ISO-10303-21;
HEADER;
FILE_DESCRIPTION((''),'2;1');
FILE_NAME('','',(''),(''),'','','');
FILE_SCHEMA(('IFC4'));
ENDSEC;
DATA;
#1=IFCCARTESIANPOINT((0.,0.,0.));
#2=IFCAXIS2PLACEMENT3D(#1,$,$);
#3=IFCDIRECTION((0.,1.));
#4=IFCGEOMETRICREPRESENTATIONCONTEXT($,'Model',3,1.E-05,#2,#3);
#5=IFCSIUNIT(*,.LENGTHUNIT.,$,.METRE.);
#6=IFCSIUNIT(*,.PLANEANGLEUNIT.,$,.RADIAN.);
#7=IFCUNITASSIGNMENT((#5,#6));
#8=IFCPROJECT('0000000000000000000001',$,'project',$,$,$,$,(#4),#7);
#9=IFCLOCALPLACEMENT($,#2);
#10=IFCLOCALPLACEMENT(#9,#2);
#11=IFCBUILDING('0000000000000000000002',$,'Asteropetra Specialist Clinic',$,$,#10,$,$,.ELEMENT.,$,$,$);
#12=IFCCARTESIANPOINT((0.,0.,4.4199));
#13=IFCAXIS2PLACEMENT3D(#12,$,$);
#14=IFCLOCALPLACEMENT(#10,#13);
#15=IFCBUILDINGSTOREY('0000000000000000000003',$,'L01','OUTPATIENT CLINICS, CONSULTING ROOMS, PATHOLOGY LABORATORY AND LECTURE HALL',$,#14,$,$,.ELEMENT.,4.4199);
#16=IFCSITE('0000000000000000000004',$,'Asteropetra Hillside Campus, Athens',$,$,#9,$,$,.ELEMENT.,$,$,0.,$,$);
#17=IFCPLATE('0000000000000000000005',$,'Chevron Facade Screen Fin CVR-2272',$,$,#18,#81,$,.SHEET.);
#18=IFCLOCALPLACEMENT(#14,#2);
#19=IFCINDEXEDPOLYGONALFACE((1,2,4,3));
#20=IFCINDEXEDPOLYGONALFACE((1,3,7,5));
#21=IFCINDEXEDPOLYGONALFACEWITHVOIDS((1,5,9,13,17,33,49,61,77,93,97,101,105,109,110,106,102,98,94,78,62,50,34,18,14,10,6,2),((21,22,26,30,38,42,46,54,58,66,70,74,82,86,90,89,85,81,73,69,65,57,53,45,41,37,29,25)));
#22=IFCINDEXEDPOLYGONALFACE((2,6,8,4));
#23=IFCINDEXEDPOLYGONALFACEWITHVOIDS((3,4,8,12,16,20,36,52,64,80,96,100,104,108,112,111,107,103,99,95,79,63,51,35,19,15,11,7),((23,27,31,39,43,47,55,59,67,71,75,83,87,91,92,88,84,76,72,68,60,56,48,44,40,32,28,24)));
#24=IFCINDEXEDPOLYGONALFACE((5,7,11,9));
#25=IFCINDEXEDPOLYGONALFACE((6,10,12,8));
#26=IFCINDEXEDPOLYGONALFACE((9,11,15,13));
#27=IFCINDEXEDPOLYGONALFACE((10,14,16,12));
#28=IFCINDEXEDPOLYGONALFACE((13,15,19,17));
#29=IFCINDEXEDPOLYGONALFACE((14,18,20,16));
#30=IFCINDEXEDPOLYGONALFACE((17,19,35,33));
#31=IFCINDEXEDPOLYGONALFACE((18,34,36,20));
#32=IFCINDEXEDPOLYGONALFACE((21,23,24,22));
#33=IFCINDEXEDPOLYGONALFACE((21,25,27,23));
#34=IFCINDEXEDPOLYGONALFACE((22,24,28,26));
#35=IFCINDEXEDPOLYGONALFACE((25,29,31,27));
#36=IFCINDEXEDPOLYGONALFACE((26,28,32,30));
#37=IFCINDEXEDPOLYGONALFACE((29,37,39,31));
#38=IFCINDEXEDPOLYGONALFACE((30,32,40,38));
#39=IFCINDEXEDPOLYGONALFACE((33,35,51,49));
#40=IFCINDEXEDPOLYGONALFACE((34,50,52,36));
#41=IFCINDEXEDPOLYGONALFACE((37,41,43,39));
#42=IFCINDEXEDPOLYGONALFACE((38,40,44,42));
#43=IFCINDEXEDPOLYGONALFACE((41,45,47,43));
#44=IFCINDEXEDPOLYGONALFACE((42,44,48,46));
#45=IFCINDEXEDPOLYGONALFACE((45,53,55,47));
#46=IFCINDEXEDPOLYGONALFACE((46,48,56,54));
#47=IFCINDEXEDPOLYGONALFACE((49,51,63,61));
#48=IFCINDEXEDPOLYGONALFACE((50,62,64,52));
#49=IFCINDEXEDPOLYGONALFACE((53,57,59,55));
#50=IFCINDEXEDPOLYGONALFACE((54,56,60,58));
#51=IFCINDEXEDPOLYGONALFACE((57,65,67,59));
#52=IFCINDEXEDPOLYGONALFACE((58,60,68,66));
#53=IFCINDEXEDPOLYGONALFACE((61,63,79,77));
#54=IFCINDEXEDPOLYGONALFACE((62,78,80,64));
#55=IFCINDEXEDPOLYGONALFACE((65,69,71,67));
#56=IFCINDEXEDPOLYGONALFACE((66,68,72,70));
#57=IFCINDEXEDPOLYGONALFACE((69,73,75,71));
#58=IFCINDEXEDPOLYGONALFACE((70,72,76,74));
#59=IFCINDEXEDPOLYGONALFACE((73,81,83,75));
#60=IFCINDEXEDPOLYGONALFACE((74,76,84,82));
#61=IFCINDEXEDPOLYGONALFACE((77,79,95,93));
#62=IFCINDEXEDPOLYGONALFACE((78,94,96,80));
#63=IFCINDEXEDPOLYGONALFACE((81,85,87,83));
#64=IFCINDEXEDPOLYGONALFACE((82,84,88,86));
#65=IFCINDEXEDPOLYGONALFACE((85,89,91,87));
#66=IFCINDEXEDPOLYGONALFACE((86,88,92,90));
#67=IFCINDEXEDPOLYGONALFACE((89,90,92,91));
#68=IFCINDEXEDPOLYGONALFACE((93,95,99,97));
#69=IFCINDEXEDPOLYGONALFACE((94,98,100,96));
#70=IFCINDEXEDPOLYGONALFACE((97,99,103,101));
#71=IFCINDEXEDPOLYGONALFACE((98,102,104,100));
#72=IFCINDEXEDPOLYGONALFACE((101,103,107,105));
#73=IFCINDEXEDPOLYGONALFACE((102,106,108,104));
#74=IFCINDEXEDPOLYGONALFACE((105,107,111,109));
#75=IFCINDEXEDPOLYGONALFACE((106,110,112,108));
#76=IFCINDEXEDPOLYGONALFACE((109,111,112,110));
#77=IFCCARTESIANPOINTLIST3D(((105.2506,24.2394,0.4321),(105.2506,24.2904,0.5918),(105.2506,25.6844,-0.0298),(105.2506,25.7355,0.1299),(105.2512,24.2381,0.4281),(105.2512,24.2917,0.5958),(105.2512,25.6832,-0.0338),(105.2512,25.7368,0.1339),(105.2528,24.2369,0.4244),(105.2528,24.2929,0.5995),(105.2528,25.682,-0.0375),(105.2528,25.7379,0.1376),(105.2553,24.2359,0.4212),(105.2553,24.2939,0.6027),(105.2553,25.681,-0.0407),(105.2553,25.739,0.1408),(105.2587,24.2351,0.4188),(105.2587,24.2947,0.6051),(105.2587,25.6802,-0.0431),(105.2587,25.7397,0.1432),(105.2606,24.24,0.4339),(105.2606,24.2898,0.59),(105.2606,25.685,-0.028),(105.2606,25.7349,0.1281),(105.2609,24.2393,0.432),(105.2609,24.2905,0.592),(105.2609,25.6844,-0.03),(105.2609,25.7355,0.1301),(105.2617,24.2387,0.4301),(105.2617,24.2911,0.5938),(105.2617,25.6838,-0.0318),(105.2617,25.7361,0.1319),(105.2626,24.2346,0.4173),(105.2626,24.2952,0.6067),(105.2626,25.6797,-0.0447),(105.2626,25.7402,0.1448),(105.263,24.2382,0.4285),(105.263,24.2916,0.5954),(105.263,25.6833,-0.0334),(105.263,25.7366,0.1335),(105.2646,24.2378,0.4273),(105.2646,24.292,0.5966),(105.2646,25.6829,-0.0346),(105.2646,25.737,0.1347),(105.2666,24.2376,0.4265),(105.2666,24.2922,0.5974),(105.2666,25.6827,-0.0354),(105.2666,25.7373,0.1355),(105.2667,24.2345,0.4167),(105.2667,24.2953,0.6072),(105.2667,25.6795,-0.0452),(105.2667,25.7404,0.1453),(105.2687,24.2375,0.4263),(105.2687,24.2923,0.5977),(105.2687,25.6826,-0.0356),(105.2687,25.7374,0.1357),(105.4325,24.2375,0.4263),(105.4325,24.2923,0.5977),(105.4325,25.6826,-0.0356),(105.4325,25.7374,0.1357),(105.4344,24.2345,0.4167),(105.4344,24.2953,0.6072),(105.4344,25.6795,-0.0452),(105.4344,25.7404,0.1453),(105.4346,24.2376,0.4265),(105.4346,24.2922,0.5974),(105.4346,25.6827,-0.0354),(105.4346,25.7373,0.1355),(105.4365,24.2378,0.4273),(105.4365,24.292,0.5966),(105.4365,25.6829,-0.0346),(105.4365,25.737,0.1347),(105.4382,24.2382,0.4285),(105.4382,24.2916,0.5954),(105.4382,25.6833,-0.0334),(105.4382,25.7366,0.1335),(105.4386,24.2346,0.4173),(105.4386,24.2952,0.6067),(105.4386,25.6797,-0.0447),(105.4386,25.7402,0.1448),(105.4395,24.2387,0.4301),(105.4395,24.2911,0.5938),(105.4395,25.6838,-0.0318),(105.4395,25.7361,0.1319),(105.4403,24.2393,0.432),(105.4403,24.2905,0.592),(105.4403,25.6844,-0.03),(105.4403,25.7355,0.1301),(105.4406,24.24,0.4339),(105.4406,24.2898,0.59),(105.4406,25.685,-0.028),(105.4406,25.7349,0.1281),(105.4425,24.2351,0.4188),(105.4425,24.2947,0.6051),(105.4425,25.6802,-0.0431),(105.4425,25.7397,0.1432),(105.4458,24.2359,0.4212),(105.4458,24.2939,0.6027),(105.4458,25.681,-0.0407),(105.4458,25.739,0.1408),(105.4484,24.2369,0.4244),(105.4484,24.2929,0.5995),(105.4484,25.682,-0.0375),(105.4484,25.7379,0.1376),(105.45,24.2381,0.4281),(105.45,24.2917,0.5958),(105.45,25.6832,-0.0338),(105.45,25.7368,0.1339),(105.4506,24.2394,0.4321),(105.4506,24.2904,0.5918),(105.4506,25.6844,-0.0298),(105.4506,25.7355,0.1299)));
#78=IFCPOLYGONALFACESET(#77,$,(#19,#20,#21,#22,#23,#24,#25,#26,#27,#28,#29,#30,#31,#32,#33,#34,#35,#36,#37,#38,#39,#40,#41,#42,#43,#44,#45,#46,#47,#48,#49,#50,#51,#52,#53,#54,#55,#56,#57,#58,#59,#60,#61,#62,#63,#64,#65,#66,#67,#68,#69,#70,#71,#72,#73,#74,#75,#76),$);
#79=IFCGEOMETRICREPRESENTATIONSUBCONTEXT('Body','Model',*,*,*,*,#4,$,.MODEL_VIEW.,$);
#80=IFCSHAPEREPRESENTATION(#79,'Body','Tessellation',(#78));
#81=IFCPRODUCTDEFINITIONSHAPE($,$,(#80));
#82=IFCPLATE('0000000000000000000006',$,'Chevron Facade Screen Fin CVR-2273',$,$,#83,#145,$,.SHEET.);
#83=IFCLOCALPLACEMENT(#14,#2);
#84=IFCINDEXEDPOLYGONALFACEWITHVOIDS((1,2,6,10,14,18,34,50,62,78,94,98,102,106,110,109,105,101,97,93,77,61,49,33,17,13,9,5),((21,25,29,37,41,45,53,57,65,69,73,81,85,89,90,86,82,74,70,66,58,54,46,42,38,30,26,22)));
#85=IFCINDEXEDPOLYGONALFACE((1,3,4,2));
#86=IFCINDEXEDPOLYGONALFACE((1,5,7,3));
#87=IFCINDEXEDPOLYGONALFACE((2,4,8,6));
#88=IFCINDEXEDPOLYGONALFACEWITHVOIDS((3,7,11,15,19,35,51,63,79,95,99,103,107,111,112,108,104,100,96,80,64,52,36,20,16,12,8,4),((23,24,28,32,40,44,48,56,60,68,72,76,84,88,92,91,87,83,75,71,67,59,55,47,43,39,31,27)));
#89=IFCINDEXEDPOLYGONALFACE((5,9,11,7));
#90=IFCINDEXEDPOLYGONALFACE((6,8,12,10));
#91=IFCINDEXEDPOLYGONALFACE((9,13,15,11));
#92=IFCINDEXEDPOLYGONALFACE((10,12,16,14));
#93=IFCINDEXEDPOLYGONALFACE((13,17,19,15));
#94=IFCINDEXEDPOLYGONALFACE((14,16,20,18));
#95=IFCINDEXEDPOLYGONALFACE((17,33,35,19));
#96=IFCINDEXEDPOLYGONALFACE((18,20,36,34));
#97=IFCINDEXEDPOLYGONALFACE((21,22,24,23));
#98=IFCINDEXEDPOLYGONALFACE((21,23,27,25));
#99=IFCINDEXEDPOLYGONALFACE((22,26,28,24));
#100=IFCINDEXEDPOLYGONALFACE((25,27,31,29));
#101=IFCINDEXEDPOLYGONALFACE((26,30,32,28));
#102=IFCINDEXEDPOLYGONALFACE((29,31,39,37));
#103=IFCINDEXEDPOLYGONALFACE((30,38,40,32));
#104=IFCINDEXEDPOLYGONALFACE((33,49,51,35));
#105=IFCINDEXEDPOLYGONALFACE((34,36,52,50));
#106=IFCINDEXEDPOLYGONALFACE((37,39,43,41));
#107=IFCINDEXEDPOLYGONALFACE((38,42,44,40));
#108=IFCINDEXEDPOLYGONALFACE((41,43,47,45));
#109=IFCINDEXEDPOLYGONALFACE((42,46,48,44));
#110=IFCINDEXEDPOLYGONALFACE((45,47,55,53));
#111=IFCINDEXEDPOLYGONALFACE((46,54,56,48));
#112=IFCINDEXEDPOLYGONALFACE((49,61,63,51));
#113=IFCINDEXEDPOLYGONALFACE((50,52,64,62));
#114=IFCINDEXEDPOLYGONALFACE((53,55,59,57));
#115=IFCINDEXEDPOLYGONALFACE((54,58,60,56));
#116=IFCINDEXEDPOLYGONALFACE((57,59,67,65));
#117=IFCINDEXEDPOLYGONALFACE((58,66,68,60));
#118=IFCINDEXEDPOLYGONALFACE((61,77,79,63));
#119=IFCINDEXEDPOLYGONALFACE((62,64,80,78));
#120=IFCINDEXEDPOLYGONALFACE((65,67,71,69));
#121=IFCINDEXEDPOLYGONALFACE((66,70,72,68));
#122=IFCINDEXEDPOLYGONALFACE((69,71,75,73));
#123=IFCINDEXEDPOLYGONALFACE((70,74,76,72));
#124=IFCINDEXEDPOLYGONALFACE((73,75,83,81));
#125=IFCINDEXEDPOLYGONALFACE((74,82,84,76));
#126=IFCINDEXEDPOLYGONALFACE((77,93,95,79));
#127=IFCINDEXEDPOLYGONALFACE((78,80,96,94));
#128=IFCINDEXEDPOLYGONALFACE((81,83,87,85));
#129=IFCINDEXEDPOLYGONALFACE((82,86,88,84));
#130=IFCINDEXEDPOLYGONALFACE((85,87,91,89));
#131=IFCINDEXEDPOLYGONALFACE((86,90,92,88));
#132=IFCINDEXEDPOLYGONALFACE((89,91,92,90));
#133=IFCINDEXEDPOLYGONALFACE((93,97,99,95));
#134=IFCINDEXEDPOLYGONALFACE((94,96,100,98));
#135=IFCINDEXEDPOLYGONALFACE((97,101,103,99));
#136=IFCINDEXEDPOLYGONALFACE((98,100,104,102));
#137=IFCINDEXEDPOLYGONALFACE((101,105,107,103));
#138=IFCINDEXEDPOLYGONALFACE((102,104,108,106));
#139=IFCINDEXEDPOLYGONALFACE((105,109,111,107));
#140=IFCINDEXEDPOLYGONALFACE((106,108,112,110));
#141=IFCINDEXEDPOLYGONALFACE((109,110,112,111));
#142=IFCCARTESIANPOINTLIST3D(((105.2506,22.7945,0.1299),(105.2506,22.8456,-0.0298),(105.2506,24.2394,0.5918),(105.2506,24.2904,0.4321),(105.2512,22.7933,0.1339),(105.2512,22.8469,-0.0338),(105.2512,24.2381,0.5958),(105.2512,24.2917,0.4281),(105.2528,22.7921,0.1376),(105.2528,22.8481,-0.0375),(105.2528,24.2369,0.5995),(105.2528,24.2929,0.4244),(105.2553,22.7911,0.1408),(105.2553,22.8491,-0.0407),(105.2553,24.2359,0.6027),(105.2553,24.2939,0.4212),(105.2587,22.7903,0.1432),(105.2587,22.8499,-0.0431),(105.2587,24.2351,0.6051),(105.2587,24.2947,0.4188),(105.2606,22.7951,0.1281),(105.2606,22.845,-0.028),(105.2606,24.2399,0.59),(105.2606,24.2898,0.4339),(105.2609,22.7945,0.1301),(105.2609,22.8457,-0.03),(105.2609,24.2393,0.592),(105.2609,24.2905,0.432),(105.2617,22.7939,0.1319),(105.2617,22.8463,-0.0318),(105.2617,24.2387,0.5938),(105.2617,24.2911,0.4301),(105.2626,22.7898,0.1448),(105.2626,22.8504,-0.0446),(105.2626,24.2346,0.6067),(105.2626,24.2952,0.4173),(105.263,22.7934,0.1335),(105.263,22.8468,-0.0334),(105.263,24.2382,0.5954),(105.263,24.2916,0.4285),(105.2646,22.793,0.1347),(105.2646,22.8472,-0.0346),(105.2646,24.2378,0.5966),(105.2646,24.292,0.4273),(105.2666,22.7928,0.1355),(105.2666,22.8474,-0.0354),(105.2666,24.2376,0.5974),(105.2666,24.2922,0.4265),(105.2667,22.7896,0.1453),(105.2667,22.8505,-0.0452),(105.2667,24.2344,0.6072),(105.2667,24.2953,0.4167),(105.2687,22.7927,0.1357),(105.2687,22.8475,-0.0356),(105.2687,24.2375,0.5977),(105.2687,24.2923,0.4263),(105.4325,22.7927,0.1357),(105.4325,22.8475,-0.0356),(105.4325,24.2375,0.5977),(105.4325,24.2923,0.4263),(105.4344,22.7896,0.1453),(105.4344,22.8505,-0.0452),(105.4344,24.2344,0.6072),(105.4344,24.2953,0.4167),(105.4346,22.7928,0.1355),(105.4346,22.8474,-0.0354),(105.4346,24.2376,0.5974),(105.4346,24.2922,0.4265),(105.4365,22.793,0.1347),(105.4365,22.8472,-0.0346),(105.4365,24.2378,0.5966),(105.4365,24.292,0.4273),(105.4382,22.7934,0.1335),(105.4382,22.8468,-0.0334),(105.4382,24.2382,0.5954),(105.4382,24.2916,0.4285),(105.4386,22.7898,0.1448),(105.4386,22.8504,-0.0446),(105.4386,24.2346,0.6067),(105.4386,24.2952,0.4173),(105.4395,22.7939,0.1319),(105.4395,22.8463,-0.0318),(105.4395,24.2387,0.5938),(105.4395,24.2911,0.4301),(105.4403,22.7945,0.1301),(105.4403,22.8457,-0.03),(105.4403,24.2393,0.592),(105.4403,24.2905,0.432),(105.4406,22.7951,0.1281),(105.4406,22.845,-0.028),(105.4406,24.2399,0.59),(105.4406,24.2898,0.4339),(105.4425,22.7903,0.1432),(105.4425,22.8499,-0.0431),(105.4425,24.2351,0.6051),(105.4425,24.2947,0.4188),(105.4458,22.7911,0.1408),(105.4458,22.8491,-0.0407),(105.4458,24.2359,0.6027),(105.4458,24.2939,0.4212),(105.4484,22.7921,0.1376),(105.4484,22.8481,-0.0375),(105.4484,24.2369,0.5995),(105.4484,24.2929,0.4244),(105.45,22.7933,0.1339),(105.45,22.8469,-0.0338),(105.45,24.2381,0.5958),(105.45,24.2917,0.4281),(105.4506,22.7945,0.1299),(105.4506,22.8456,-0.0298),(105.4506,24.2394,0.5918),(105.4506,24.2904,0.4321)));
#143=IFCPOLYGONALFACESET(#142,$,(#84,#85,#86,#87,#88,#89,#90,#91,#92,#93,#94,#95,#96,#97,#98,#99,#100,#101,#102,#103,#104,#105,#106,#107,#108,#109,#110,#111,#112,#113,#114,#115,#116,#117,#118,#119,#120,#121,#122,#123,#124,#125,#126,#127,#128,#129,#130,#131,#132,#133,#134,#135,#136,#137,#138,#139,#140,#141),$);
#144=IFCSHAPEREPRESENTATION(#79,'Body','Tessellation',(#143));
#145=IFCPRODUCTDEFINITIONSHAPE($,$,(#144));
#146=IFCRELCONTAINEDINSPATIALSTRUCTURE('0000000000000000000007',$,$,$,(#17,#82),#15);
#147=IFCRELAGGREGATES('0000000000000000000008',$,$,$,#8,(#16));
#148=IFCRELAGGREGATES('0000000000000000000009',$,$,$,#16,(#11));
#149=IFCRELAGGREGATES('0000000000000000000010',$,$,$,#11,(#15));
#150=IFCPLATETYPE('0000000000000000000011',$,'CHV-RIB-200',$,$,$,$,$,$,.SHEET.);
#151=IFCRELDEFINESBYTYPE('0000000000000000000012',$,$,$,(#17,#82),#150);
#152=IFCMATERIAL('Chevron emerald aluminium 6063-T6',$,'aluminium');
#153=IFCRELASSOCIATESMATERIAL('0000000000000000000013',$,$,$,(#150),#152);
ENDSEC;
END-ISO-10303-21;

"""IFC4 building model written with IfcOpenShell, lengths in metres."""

from ifc_helpers import new_model, si_unit, direction, frame, origin, origin_2d, place, context, subcontext, project, spatial, hollow_rectangle, extrude, material, material_profile, profile_set, type_object, element, save


model = new_model("IFC4")

# Units and contexts
model_context = context("Model", 3, precision=1e-05, world=origin(), true_north=direction((0.0, 1.0)))
body_context = subcontext(model_context, "Body", "Model", "MODEL_VIEW")
ifc_project = project(units=[si_unit("LENGTHUNIT", "METRE"), si_unit("PLANEANGLEUNIT", "RADIAN")], contexts=[model_context])

# Site, building, storey
site_placement = place(None, origin())
site = spatial("IfcSite", under=ifc_project, at=site_placement, Name="Asteropetra Hillside Campus, Athens", CompositionType="ELEMENT", RefElevation=0.0)
building_placement = place(site_placement, origin())
building = spatial("IfcBuilding", under=site, at=building_placement, Name="Asteropetra Specialist Clinic", CompositionType="ELEMENT")
storey_placement = place(building_placement, frame((0.0, 0.0, 4.4199)))
storey = spatial("IfcBuildingStorey", under=building, at=storey_placement, Name="L01", Description="OUTPATIENT CLINICS, CONSULTING ROOMS, PATHOLOGY LABORATORY AND LECTURE HALL", CompositionType="ELEMENT", Elevation=4.4199)

# Plates
ifc_material_1 = material(Name="Chevron emerald aluminium 6063-T6", Category="aluminium")
ifc_material_profile = material_profile(ifc_material_1, hollow_rectangle(XDim=0.2, YDim=0.2, WallThickness=0.01, InnerFilletRadius=0.0081, OuterFilletRadius=0.0161, at=origin_2d()), Name="SHS 200x200x10.0")
ifc_profile_set = profile_set([ifc_material_profile], Name="Chevron emerald aluminium 6063-T6")
plate_type = type_object("IfcPlateType", Name="CHV-RIB-200", PredefinedType="SHEET", material=ifc_profile_set)
plate_1_placement = place(storey_placement, frame((105.3506, 25.71, 0.05), z_axis=(0.0, -0.952521, 0.304472), x_axis=(1.0, 0.0, 0.0)))
element("IfcPlate", 1, at=plate_1_placement, inside=storey, type_object=plate_type, Name="Chevron Facade Screen Fin CVR-2272", PredefinedType="SHEET", context=body_context, shape_type="SweptSolid", body=[
    extrude(hollow_rectangle(XDim=0.2, YDim=0.2, WallThickness=0.01, InnerFilletRadius=0.0081, OuterFilletRadius=0.0161, at=origin_2d()), origin(), (0.0, 0.0, 1.0), 1.5171),
])
plate_2_placement = place(storey_placement, frame((105.3506, 24.2649, 0.512), z_axis=(0.0, -0.952506, -0.304519), x_axis=(1.0, 0.0, 0.0)))
element("IfcPlate", 2, at=plate_2_placement, inside=storey, type_object=plate_type, Name="Chevron Facade Screen Fin CVR-2273", PredefinedType="SHEET", context=body_context, shape_type="SweptSolid", body=[
    extrude(hollow_rectangle(XDim=0.2, YDim=0.2, WallThickness=0.01, InnerFilletRadius=0.0081, OuterFilletRadius=0.0161, at=origin_2d()), origin(), (0.0, 0.0, 1.0), 1.5168),
])

save(model, "model.ifc")
